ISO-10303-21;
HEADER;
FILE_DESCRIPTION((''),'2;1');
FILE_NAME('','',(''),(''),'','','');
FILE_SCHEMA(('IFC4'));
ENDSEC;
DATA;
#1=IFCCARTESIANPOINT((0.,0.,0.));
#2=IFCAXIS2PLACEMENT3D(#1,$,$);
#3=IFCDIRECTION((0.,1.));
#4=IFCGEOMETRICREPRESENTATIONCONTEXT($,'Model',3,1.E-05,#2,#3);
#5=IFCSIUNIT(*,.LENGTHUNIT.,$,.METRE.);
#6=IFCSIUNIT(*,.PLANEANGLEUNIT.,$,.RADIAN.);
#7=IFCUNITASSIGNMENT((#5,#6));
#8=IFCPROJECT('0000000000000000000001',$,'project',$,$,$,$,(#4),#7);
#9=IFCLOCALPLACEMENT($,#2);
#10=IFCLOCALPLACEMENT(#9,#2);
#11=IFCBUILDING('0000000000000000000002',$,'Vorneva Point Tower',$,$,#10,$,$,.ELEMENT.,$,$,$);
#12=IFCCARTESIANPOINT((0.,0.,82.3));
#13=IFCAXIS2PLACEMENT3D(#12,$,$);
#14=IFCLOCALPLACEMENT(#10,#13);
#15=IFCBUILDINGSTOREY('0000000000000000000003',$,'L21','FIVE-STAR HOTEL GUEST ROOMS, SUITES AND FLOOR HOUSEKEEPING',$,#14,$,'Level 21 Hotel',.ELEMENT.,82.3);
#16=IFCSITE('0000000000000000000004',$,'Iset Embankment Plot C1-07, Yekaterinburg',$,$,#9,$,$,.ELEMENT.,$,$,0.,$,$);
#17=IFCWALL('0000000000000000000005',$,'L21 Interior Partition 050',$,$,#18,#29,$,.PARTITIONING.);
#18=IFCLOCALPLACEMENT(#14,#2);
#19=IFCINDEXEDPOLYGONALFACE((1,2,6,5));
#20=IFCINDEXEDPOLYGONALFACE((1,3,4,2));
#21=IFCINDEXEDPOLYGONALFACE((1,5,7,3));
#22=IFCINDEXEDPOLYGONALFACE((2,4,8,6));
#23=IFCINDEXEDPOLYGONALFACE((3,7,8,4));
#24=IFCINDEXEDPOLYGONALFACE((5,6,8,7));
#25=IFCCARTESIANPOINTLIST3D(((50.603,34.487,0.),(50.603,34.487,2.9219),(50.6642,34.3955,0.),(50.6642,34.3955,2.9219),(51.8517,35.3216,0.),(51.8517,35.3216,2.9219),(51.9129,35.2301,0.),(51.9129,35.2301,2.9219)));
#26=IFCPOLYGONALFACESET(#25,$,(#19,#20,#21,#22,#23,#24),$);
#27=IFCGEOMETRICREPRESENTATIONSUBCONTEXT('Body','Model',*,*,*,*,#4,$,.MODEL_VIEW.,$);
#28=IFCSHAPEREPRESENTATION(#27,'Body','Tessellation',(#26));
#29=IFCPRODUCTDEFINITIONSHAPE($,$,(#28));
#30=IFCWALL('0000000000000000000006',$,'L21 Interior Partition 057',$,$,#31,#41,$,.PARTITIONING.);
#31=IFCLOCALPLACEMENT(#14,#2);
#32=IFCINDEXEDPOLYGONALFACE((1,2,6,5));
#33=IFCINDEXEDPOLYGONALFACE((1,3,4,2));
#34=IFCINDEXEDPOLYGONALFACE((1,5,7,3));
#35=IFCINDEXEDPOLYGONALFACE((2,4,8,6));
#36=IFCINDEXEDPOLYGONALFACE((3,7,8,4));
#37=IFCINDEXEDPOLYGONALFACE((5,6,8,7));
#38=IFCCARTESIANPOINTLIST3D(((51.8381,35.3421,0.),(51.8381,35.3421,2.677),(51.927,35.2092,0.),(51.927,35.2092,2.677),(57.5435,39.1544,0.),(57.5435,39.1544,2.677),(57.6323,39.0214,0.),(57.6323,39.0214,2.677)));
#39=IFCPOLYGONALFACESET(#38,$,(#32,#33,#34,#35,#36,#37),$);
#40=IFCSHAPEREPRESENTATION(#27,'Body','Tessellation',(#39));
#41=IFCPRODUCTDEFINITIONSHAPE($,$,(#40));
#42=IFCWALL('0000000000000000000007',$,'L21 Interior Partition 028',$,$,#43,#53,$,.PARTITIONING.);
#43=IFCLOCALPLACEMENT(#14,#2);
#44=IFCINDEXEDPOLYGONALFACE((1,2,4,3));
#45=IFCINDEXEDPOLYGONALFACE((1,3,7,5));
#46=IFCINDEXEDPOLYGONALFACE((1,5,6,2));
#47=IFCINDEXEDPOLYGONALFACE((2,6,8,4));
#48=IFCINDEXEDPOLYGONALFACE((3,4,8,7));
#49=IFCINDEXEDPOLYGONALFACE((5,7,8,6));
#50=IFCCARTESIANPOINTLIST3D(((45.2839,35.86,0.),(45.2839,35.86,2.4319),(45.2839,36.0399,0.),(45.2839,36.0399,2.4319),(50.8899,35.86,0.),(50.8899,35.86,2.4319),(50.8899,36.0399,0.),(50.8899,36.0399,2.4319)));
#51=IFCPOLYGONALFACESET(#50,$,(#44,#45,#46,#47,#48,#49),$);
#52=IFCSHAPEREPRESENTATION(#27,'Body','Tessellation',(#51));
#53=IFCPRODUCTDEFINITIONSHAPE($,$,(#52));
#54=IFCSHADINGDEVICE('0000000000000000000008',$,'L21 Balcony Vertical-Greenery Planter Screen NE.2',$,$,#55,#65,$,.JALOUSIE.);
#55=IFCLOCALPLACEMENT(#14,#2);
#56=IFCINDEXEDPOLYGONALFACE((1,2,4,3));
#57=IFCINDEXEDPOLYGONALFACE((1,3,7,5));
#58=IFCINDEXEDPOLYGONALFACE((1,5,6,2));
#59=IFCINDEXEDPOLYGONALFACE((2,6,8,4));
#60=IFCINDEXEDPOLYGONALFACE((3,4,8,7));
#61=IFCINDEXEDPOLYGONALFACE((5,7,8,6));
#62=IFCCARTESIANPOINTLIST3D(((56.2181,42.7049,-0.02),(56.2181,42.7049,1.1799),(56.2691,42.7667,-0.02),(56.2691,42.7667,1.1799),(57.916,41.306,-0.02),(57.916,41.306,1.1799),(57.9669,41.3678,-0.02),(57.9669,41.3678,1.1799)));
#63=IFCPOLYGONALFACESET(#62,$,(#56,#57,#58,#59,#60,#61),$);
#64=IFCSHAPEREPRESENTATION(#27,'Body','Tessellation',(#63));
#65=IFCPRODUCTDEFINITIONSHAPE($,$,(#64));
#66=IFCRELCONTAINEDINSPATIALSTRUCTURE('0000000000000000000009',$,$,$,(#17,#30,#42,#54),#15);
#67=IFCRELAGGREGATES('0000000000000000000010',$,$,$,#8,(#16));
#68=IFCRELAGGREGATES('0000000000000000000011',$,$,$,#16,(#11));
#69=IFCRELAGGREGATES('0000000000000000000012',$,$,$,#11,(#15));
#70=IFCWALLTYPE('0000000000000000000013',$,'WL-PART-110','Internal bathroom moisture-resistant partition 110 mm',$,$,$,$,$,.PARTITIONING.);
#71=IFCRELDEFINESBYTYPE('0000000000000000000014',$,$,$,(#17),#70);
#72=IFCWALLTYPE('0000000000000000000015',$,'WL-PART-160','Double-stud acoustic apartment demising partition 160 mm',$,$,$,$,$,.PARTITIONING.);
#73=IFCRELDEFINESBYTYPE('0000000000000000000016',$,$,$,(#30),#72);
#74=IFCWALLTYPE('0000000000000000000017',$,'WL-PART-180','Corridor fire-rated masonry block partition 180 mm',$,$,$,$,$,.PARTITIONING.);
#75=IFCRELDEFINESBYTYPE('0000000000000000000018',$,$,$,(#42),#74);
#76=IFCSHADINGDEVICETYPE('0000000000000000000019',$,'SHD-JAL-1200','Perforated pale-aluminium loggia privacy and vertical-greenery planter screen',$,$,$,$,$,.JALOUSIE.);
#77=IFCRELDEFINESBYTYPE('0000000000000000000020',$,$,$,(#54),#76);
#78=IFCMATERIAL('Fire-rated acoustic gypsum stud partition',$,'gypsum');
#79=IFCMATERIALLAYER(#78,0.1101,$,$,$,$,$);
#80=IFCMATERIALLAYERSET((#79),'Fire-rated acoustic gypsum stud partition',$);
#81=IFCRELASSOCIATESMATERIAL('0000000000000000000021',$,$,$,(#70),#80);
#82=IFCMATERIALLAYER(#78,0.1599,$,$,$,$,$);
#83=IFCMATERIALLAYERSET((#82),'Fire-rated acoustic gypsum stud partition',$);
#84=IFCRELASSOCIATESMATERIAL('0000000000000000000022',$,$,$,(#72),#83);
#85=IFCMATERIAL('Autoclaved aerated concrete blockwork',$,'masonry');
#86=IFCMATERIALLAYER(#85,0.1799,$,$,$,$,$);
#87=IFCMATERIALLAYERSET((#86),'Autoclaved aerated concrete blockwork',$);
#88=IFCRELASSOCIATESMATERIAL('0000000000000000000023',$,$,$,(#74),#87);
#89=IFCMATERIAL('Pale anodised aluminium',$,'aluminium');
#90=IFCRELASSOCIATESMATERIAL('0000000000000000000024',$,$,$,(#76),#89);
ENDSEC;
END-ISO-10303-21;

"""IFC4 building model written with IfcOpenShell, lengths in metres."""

from ifc_helpers import new_model, si_unit, direction, frame, frame_2d, origin, origin_2d, place, context, subcontext, project, spatial, rectangle, extrude, material, layer, layer_set, type_object, element, save


model = new_model("IFC4")

# Units and contexts
model_context = context("Model", 3, precision=1e-05, world=origin(), true_north=direction((0.0, 1.0)))
body_context = subcontext(model_context, "Body", "Model", "MODEL_VIEW")
ifc_project = project(units=[si_unit("LENGTHUNIT", "METRE"), si_unit("PLANEANGLEUNIT", "RADIAN")], contexts=[model_context])

# Site, building, storey
site_placement = place(None, origin())
site = spatial("IfcSite", under=ifc_project, at=site_placement, Name="Iset Embankment Plot C1-07, Yekaterinburg", CompositionType="ELEMENT", RefElevation=0.0)
building_placement = place(site_placement, origin())
building = spatial("IfcBuilding", under=site, at=building_placement, Name="Vorneva Point Tower", CompositionType="ELEMENT")
storey_placement = place(building_placement, frame((0.0, 0.0, 82.3)))
storey = spatial("IfcBuildingStorey", under=building, at=storey_placement, Name="L21", Description="FIVE-STAR HOTEL GUEST ROOMS, SUITES AND FLOOR HOUSEKEEPING", LongName="Level 21 Hotel", CompositionType="ELEMENT", Elevation=82.3)

# Shared definitions
ifc_material_1 = material(Name="Pale anodised aluminium", Category="aluminium")

# Walls
ifc_material_2 = material(Name="Fire-rated acoustic gypsum stud partition", Category="gypsum")
ifc_layer_1 = layer(ifc_material_2, 0.1101)
ifc_layer_set_1 = layer_set([ifc_layer_1], Name="Fire-rated acoustic gypsum stud partition")
wall_type_1 = type_object("IfcWallType", Name="WL-PART-110", Description="Internal bathroom moisture-resistant partition 110 mm", PredefinedType="PARTITIONING", material=ifc_layer_set_1)
wall_1_placement = place(storey_placement, frame((51.8823, 35.2759, 0.0), z_axis=(0.0, 0.0, 1.0), x_axis=(-0.831375, -0.555713, 0.0)))
element("IfcWall", 1, at=wall_1_placement, inside=storey, type_object=wall_type_1, Name="L21 Interior Partition 050", PredefinedType="PARTITIONING", context=body_context, shape_type="SweptSolid", body=[
    extrude(rectangle(XDim=1.502, YDim=0.1101, at=frame_2d((0.751, 0.0))), origin(), (0.0, 0.0, 1.0), 2.9219),
])
ifc_layer_2 = layer(ifc_material_2, 0.1599)
ifc_layer_set_2 = layer_set([ifc_layer_2], Name="Fire-rated acoustic gypsum stud partition")
wall_type_2 = type_object("IfcWallType", Name="WL-PART-160", Description="Double-stud acoustic apartment demising partition 160 mm", PredefinedType="PARTITIONING", material=ifc_layer_set_2)
wall_2_placement = place(storey_placement, frame((51.8826, 35.2756, 0.0), z_axis=(0.0, 0.0, 1.0), x_axis=(0.831464, 0.555578, 0.0)))
element("IfcWall", 2, at=wall_2_placement, inside=storey, type_object=wall_type_2, Name="L21 Interior Partition 057", PredefinedType="PARTITIONING", context=body_context, shape_type="SweptSolid", body=[
    extrude(rectangle(XDim=6.8618, YDim=0.1599, at=frame_2d((3.4309, 0.0))), origin(), (0.0, 0.0, 1.0), 2.677),
])
ifc_material_3 = material(Name="Autoclaved aerated concrete blockwork", Category="masonry")
ifc_layer_3 = layer(ifc_material_3, 0.1799)
ifc_layer_set_3 = layer_set([ifc_layer_3], Name="Autoclaved aerated concrete blockwork")
wall_type_3 = type_object("IfcWallType", Name="WL-PART-180", Description="Corridor fire-rated masonry block partition 180 mm", PredefinedType="PARTITIONING", material=ifc_layer_set_3)
wall_3_placement = place(storey_placement, frame((50.8899, 35.95, 0.0), z_axis=(0.0, 0.0, 1.0), x_axis=(-1.0, 0.0, 0.0)))
element("IfcWall", 3, at=wall_3_placement, inside=storey, type_object=wall_type_3, Name="L21 Interior Partition 028", PredefinedType="PARTITIONING", context=body_context, shape_type="SweptSolid", body=[
    extrude(rectangle(XDim=5.606, YDim=0.1799, at=frame_2d((2.803, 0.0))), origin(), (0.0, 0.0, 1.0), 2.4319),
])

# Shading device
shading_device_type = type_object("IfcShadingDeviceType", Name="SHD-JAL-1200", Description="Perforated pale-aluminium loggia privacy and vertical-greenery planter screen", PredefinedType="JALOUSIE", material=ifc_material_1)
shading_device_placement = place(storey_placement, frame((57.0925, 42.0364, -0.02), z_axis=(0.0, 0.0, 1.0), x_axis=(-0.77178, 0.63589, 0.0)))
element("IfcShadingDevice", 4, at=shading_device_placement, inside=storey, type_object=shading_device_type, Name="L21 Balcony Vertical-Greenery Planter Screen NE.2", PredefinedType="JALOUSIE", context=body_context, shape_type="SweptSolid", body=[
    extrude(rectangle(XDim=2.2, YDim=0.0801, at=origin_2d()), origin(), (0.0, 0.0, 1.0), 1.2),
])

save(model, "model.ifc")
